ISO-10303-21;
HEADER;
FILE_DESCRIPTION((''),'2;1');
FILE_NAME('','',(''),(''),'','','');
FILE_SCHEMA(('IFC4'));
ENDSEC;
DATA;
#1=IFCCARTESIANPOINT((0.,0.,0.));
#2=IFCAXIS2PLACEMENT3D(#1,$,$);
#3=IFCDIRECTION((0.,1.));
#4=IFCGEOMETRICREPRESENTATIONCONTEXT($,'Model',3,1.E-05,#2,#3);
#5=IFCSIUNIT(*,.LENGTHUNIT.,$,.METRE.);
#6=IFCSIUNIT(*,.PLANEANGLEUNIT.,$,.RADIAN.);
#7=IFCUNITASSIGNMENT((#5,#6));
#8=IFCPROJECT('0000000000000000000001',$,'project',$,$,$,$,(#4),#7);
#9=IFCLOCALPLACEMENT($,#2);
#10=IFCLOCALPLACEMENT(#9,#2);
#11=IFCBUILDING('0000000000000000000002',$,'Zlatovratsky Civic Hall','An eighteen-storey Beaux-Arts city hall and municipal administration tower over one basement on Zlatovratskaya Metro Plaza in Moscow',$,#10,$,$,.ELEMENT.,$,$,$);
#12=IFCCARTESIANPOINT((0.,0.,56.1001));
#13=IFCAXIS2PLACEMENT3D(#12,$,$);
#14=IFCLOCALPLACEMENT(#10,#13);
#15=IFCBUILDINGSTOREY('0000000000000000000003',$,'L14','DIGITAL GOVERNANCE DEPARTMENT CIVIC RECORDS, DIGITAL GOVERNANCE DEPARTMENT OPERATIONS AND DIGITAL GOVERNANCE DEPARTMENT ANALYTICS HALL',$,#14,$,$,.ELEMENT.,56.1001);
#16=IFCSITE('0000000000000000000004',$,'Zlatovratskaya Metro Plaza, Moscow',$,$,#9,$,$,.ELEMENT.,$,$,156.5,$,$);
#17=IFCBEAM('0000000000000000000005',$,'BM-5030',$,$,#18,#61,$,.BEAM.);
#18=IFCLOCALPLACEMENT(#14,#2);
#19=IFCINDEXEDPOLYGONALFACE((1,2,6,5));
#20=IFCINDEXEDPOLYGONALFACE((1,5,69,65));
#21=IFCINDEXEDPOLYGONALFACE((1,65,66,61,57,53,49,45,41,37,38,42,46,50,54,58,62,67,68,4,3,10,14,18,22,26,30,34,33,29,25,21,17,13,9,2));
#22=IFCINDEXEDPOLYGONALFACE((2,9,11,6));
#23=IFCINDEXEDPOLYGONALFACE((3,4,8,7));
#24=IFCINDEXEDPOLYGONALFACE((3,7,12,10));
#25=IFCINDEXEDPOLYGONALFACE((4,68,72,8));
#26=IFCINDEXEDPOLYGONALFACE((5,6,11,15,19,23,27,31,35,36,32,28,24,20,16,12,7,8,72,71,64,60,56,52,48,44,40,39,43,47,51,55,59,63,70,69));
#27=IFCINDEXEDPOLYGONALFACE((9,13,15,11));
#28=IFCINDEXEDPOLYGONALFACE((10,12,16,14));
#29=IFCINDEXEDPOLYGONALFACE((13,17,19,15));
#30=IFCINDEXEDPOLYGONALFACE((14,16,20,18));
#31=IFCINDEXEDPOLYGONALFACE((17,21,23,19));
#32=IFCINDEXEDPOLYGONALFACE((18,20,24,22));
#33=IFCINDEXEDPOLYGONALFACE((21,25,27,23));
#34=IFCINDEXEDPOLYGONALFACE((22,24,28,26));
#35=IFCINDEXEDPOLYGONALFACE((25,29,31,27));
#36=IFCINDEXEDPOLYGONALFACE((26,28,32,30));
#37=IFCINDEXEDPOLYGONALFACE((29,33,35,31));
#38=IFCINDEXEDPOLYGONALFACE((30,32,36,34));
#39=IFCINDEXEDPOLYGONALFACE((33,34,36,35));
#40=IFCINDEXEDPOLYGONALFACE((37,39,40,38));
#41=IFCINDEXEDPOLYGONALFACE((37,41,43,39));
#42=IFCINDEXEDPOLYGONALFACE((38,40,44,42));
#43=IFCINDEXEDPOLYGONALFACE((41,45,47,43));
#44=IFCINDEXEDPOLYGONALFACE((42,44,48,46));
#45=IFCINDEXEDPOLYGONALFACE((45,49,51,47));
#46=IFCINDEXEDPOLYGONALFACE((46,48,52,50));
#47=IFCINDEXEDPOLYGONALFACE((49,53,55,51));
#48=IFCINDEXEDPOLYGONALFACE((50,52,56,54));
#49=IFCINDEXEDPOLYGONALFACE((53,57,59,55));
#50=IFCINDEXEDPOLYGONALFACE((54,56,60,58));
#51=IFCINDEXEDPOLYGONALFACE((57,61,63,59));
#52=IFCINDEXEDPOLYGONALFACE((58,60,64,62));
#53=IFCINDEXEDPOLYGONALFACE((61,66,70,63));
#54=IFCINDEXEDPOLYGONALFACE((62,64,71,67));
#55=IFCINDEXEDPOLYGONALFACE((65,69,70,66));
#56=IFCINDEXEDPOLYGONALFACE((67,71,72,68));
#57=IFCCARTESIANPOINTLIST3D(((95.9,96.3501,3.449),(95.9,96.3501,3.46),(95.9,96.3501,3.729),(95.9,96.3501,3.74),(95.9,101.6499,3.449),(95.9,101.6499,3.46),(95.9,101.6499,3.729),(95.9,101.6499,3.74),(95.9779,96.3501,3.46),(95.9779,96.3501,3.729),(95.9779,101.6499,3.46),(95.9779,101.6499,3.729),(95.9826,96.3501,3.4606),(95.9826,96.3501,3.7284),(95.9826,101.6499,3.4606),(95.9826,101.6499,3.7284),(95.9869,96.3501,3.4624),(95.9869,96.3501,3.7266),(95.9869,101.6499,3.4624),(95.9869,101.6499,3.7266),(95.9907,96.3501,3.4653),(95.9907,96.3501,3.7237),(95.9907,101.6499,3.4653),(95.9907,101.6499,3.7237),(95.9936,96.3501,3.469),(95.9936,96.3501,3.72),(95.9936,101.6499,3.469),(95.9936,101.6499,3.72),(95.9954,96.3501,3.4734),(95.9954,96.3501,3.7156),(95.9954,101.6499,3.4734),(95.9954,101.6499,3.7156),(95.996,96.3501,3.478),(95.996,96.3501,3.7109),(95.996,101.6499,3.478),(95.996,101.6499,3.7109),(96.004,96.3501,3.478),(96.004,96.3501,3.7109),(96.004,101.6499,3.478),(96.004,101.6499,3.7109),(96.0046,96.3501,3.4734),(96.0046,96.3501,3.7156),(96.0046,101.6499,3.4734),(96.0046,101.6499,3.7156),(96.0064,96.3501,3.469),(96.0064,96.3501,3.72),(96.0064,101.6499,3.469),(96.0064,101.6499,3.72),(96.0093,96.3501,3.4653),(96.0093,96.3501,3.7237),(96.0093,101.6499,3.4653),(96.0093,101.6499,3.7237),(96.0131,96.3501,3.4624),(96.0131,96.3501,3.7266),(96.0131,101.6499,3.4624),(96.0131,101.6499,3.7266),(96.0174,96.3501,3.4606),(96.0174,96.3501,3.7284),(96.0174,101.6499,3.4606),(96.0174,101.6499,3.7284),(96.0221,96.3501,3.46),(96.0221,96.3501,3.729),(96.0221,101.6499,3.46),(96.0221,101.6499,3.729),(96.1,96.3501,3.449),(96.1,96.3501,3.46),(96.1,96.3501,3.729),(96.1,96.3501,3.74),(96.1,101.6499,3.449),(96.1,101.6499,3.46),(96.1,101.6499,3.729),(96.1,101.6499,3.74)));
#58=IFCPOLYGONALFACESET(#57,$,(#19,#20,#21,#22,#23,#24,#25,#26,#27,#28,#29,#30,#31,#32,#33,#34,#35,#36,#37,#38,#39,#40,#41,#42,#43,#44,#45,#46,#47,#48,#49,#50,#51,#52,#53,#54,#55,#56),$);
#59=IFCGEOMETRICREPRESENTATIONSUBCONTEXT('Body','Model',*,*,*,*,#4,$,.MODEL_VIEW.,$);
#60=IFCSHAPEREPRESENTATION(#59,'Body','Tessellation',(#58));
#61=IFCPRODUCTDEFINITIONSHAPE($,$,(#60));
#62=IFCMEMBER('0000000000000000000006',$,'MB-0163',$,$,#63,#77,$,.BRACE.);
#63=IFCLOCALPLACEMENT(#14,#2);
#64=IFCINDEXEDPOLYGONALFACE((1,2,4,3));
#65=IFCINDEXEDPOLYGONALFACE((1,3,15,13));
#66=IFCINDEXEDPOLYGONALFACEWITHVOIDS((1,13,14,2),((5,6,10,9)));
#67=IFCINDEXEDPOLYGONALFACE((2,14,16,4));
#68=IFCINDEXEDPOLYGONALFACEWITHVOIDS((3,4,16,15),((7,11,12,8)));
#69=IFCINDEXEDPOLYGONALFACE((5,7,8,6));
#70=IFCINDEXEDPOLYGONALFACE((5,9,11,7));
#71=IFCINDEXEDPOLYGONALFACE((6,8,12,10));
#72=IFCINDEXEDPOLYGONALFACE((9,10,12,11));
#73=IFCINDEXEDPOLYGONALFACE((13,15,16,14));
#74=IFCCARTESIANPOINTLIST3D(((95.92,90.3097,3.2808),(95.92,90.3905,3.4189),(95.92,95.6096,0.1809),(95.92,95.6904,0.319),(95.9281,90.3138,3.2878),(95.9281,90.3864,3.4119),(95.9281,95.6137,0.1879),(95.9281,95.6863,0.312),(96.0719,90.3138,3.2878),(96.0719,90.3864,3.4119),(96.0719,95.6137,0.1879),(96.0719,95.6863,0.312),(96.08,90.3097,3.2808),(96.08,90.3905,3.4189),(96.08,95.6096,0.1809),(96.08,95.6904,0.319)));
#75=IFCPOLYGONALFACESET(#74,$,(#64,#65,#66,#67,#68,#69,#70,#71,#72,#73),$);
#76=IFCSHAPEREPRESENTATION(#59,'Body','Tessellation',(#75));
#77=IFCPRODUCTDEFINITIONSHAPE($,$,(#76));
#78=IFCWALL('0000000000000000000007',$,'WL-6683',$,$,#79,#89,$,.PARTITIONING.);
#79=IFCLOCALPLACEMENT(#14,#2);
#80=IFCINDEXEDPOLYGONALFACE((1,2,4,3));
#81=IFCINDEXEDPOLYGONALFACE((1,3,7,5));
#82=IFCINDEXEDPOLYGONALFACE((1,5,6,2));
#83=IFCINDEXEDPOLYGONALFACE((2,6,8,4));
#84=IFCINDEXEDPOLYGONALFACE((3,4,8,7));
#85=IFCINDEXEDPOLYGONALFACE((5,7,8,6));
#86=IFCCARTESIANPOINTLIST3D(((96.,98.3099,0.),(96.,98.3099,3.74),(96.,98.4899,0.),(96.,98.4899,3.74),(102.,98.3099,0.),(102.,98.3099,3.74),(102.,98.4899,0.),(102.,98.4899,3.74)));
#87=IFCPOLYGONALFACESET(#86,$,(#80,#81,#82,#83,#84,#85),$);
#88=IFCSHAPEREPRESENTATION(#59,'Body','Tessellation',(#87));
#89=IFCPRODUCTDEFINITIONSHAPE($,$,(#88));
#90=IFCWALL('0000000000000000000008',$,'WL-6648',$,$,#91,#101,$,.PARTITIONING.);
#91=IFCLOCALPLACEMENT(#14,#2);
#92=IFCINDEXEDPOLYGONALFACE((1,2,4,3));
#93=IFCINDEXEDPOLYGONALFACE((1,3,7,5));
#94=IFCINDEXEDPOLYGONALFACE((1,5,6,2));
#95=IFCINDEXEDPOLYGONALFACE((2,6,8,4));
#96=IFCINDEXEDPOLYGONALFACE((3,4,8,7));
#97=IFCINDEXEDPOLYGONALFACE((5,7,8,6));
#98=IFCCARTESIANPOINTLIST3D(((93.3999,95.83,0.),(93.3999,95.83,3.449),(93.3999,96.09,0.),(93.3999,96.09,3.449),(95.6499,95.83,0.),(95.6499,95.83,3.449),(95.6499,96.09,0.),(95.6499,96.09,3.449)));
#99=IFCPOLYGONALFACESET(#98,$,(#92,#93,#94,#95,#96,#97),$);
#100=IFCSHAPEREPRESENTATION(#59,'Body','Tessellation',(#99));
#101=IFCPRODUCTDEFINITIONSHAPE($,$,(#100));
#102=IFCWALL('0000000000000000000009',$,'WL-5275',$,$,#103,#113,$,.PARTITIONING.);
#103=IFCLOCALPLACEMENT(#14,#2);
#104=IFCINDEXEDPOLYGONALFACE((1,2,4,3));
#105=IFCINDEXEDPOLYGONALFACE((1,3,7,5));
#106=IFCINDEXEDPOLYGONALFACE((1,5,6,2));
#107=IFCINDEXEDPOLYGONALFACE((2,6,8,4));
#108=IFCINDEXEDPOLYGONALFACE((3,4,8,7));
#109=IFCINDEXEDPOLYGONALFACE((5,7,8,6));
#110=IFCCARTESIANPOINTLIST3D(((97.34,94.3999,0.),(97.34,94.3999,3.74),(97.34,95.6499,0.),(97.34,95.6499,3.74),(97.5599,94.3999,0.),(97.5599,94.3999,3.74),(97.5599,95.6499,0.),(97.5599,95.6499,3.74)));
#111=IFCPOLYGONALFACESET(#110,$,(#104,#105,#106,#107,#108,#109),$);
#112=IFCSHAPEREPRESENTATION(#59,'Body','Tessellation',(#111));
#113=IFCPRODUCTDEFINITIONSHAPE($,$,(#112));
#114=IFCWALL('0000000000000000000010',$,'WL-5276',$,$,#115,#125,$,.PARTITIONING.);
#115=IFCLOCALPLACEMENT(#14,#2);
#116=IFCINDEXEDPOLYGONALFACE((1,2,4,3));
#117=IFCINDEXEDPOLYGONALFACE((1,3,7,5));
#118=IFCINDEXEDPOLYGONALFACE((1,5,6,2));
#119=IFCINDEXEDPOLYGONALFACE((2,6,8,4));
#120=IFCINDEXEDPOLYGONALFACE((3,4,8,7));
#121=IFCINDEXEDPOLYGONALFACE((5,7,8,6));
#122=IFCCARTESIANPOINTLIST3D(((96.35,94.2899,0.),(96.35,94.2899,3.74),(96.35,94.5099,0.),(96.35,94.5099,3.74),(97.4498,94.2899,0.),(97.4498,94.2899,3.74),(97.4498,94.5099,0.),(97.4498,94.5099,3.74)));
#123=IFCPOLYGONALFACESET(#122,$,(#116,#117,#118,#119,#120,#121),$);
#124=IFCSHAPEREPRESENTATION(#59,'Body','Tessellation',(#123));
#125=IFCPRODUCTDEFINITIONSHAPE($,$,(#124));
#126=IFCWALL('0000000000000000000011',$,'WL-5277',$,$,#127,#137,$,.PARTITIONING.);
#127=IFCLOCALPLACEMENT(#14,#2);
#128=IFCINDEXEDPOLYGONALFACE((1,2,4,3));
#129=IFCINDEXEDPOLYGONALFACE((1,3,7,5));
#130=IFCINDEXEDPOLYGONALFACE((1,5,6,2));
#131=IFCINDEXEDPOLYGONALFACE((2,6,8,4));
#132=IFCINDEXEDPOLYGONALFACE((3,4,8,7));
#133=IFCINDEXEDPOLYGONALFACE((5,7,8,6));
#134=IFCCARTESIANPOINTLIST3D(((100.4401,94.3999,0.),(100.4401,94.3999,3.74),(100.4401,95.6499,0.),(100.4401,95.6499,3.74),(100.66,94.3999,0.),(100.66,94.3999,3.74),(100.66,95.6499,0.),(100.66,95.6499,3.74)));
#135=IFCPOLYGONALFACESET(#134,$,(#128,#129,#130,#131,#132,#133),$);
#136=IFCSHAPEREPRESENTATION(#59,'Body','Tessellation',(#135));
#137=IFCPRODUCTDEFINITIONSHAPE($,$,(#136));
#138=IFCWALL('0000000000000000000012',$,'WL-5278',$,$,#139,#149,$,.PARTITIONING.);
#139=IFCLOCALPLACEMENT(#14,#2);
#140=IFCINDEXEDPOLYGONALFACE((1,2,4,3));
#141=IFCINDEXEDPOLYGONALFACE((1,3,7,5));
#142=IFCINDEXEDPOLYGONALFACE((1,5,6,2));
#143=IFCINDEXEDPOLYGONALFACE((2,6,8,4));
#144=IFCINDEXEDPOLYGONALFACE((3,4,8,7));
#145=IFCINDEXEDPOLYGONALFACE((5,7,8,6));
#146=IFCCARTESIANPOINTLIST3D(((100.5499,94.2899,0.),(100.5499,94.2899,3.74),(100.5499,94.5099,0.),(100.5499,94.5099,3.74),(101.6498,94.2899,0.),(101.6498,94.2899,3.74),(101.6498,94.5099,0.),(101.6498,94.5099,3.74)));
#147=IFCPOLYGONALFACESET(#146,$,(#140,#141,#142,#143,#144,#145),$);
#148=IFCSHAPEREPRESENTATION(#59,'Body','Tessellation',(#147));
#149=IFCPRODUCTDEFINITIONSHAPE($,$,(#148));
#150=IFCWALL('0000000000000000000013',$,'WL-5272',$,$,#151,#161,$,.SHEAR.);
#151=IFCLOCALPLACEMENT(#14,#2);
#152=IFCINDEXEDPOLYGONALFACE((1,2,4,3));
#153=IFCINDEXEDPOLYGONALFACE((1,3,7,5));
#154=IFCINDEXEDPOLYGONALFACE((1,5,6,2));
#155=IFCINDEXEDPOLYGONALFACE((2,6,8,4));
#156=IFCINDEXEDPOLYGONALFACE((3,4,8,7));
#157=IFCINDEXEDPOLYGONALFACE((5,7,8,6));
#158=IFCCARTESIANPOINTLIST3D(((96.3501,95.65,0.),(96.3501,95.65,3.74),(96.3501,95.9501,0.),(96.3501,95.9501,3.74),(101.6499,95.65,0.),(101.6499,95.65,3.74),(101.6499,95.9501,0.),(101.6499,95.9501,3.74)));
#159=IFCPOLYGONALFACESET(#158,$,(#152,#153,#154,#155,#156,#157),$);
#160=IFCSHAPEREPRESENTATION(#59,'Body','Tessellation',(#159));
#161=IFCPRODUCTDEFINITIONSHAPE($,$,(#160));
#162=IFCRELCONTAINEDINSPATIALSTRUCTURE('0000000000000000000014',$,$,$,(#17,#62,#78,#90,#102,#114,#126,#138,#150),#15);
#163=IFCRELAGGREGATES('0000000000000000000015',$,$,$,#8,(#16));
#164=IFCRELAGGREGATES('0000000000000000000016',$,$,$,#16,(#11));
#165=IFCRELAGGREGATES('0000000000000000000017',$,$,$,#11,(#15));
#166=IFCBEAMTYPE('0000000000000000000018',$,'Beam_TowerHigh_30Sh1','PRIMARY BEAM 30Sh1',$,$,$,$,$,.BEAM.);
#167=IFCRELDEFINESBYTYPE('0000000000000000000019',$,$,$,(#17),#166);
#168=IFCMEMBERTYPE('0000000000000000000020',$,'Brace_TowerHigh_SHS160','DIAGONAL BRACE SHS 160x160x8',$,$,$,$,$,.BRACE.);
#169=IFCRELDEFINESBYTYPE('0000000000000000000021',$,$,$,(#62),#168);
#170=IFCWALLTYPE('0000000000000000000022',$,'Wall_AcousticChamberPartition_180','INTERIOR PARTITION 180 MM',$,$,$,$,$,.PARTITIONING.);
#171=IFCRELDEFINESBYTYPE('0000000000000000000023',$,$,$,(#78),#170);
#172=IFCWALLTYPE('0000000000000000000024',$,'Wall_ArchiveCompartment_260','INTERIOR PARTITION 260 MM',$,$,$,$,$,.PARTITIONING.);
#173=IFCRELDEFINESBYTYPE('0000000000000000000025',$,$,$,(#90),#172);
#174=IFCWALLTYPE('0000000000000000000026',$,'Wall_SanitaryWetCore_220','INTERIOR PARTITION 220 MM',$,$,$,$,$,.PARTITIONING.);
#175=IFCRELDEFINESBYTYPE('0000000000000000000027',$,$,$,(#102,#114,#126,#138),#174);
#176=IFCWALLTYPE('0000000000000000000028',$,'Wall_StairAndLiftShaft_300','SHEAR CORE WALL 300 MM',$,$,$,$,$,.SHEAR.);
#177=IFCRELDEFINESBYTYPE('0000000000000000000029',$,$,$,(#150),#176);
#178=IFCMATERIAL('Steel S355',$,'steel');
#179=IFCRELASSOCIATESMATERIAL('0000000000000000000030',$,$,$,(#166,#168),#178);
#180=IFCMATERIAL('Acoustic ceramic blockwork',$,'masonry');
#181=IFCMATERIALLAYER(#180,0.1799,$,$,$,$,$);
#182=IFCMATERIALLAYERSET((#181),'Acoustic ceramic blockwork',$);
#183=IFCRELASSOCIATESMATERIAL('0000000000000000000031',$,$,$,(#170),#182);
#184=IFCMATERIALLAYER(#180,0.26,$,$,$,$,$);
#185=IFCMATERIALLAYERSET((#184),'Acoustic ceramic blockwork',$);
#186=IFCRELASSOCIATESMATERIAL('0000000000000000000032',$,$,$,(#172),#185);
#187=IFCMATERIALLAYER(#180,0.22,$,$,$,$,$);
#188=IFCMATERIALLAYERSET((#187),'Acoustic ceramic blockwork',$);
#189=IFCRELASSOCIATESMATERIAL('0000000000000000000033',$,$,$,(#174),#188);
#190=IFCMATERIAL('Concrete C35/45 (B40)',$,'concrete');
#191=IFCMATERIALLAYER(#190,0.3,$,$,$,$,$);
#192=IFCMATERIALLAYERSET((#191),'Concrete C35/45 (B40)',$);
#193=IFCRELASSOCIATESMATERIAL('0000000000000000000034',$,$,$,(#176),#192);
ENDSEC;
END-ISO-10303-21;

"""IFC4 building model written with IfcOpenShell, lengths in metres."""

from ifc_helpers import new_model, si_unit, direction, frame, frame_2d, origin, origin_2d, place, context, subcontext, project, spatial, rectangle, hollow_rectangle, i_section, extrude, material, layer, layer_set, material_profile, profile_set, type_object, element, save


model = new_model("IFC4")

# Units and contexts
model_context = context("Model", 3, precision=1e-05, world=origin(), true_north=direction((0.0, 1.0)))
body_context = subcontext(model_context, "Body", "Model", "MODEL_VIEW")
ifc_project = project(units=[si_unit("LENGTHUNIT", "METRE"), si_unit("PLANEANGLEUNIT", "RADIAN")], contexts=[model_context])

# Site, building, storey
site_placement = place(None, origin())
site = spatial("IfcSite", under=ifc_project, at=site_placement, Name="Zlatovratskaya Metro Plaza, Moscow", CompositionType="ELEMENT", RefElevation=156.5)
building_placement = place(site_placement, origin())
building = spatial("IfcBuilding", under=site, at=building_placement, Name="Zlatovratsky Civic Hall", Description="An eighteen-storey Beaux-Arts city hall and municipal administration tower over one basement on Zlatovratskaya Metro Plaza in Moscow", CompositionType="ELEMENT")
storey_placement = place(building_placement, frame((0.0, 0.0, 56.1001)))
storey = spatial("IfcBuildingStorey", under=building, at=storey_placement, Name="L14", Description="DIGITAL GOVERNANCE DEPARTMENT CIVIC RECORDS, DIGITAL GOVERNANCE DEPARTMENT OPERATIONS AND DIGITAL GOVERNANCE DEPARTMENT ANALYTICS HALL", CompositionType="ELEMENT", Elevation=56.1001)

# Shared definitions
ifc_material_1 = material(Name="Concrete C35/45 (B40)", Category="concrete")

# Beam
ifc_material_2 = material(Name="Steel S355", Category="steel")
ifc_material_profile_1 = material_profile(ifc_material_2, i_section(OverallWidth=0.2, OverallDepth=0.291, WebThickness=0.0081, FlangeThickness=0.011, FilletRadius=0.0181, at=origin_2d()), Name="30Sh1")
ifc_profile_set_1 = profile_set([ifc_material_profile_1], Name="Steel S355")
beam_type_1 = type_object("IfcBeamType", Name="Beam_TowerHigh_30Sh1", Description="PRIMARY BEAM 30Sh1", PredefinedType="BEAM", material=ifc_profile_set_1)
for number, where, z_axis, x_axis, name in (
    (1, (96.0, 96.3501, 3.5945), (0.0, 1.0, 0.0), (-1.0, 0.0, 0.0), "BM-5030"),
):
    element("IfcBeam", number, at=place(storey_placement, frame(where, z_axis=z_axis, x_axis=x_axis)), inside=storey, type_object=beam_type_1, Name=name, PredefinedType="BEAM", context=body_context, shape_type="SweptSolid", body=[
        extrude(i_section(OverallWidth=0.2, OverallDepth=0.291, WebThickness=0.0081, FlangeThickness=0.011, FilletRadius=0.0181, at=origin_2d()), origin(), (0.0, 0.0, 1.0), 5.2998),
    ])

# Member
ifc_material_profile_2 = material_profile(ifc_material_2, hollow_rectangle(XDim=0.1599, YDim=0.1599, WallThickness=0.0081, at=origin_2d()), Name="SHS 160x160x8")
ifc_profile_set_2 = profile_set([ifc_material_profile_2], Name="Steel S355")
member_type = type_object("IfcMemberType", Name="Brace_TowerHigh_SHS160", Description="DIAGONAL BRACE SHS 160x160x8", PredefinedType="BRACE", material=ifc_profile_set_2)
member_placement = place(storey_placement, frame((96.0, 90.3501, 3.3499), z_axis=(0.0, 0.86319, -0.504879), x_axis=(-1.0, 0.0, 0.0)))
element("IfcMember", 2, at=member_placement, inside=storey, type_object=member_type, Name="MB-0163", PredefinedType="BRACE", context=body_context, shape_type="SweptSolid", body=[
    extrude(hollow_rectangle(XDim=0.1599, YDim=0.1599, WallThickness=0.0081, at=origin_2d()), origin(), (0.0, 0.0, 1.0), 6.1399),
])

# Walls
ifc_material_3 = material(Name="Acoustic ceramic blockwork", Category="masonry")
ifc_layer_1 = layer(ifc_material_3, 0.1799)
ifc_layer_set_1 = layer_set([ifc_layer_1], Name="Acoustic ceramic blockwork")
wall_type_1 = type_object("IfcWallType", Name="Wall_AcousticChamberPartition_180", Description="INTERIOR PARTITION 180 MM", PredefinedType="PARTITIONING", material=ifc_layer_set_1)
wall_1_placement = place(storey_placement, frame((96.0, 98.3999, 0.0), z_axis=(0.0, 0.0, 1.0), x_axis=(1.0, 0.0, 0.0)))
element("IfcWall", 3, at=wall_1_placement, inside=storey, type_object=wall_type_1, Name="WL-6683", PredefinedType="PARTITIONING", context=body_context, shape_type="SweptSolid", body=[
    extrude(rectangle(XDim=6.0, YDim=0.1799, at=frame_2d((3.0, 0.0))), origin(), (0.0, 0.0, 1.0), 3.74),
])
ifc_layer_2 = layer(ifc_material_3, 0.26)
ifc_layer_set_2 = layer_set([ifc_layer_2], Name="Acoustic ceramic blockwork")
wall_type_2 = type_object("IfcWallType", Name="Wall_ArchiveCompartment_260", Description="INTERIOR PARTITION 260 MM", PredefinedType="PARTITIONING", material=ifc_layer_set_2)
wall_2_placement = place(storey_placement, frame((93.3999, 95.96, 0.0), z_axis=(0.0, 0.0, 1.0), x_axis=(1.0, 0.0, 0.0)))
element("IfcWall", 4, at=wall_2_placement, inside=storey, type_object=wall_type_2, Name="WL-6648", PredefinedType="PARTITIONING", context=body_context, shape_type="SweptSolid", body=[
    extrude(rectangle(XDim=2.25, YDim=0.26, at=frame_2d((1.125, 0.0))), origin(), (0.0, 0.0, 1.0), 3.449),
])

# Walls
ifc_layer_3 = layer(ifc_material_3, 0.22)
ifc_layer_set_3 = layer_set([ifc_layer_3], Name="Acoustic ceramic blockwork")
wall_type_3 = type_object("IfcWallType", Name="Wall_SanitaryWetCore_220", Description="INTERIOR PARTITION 220 MM", PredefinedType="PARTITIONING", material=ifc_layer_set_3)
wall_3_placement = place(storey_placement, frame((97.45, 94.3999, 0.0), z_axis=(0.0, 0.0, 1.0), x_axis=(0.0, 1.0, 0.0)))
element("IfcWall", 5, at=wall_3_placement, inside=storey, type_object=wall_type_3, Name="WL-5275", PredefinedType="PARTITIONING", context=body_context, shape_type="SweptSolid", body=[
    extrude(rectangle(XDim=1.25, YDim=0.22, at=frame_2d((0.625, 0.0))), origin(), (0.0, 0.0, 1.0), 3.74),
])
wall_4_placement = place(storey_placement, frame((96.3501, 94.3999, 0.0), z_axis=(0.0, 0.0, 1.0), x_axis=(1.0, 0.0, 0.0)))
element("IfcWall", 6, at=wall_4_placement, inside=storey, type_object=wall_type_3, Name="WL-5276", PredefinedType="PARTITIONING", context=body_context, shape_type="SweptSolid", body=[
    extrude(rectangle(XDim=1.0999, YDim=0.22, at=frame_2d((0.5498, 0.0))), origin(), (0.0, 0.0, 1.0), 3.74),
])
wall_5_placement = place(storey_placement, frame((100.55, 94.3999, 0.0), z_axis=(0.0, 0.0, 1.0), x_axis=(0.0, 1.0, 0.0)))
element("IfcWall", 7, at=wall_5_placement, inside=storey, type_object=wall_type_3, Name="WL-5277", PredefinedType="PARTITIONING", context=body_context, shape_type="SweptSolid", body=[
    extrude(rectangle(XDim=1.25, YDim=0.22, at=frame_2d((0.625, 0.0))), origin(), (0.0, 0.0, 1.0), 3.74),
])
wall_6_placement = place(storey_placement, frame((100.55, 94.3999, 0.0), z_axis=(0.0, 0.0, 1.0), x_axis=(1.0, 0.0, 0.0)))
element("IfcWall", 8, at=wall_6_placement, inside=storey, type_object=wall_type_3, Name="WL-5278", PredefinedType="PARTITIONING", context=body_context, shape_type="SweptSolid", body=[
    extrude(rectangle(XDim=1.0999, YDim=0.22, at=frame_2d((0.5498, 0.0))), origin(), (0.0, 0.0, 1.0), 3.74),
])
ifc_layer_4 = layer(ifc_material_1, 0.3)
ifc_layer_set_4 = layer_set([ifc_layer_4], Name="Concrete C35/45 (B40)")
wall_type_4 = type_object("IfcWallType", Name="Wall_StairAndLiftShaft_300", Description="SHEAR CORE WALL 300 MM", PredefinedType="SHEAR", material=ifc_layer_set_4)
wall_7_placement = place(storey_placement, frame((96.3501, 95.8, 0.0), z_axis=(0.0, 0.0, 1.0), x_axis=(1.0, 0.0, 0.0)))
element("IfcWall", 9, at=wall_7_placement, inside=storey, type_object=wall_type_4, Name="WL-5272", PredefinedType="SHEAR", context=body_context, shape_type="SweptSolid", body=[
    extrude(rectangle(XDim=5.2998, YDim=0.3, at=frame_2d((2.6499, 0.0))), origin(), (0.0, 0.0, 1.0), 3.74),
])

save(model, "model.ifc")
